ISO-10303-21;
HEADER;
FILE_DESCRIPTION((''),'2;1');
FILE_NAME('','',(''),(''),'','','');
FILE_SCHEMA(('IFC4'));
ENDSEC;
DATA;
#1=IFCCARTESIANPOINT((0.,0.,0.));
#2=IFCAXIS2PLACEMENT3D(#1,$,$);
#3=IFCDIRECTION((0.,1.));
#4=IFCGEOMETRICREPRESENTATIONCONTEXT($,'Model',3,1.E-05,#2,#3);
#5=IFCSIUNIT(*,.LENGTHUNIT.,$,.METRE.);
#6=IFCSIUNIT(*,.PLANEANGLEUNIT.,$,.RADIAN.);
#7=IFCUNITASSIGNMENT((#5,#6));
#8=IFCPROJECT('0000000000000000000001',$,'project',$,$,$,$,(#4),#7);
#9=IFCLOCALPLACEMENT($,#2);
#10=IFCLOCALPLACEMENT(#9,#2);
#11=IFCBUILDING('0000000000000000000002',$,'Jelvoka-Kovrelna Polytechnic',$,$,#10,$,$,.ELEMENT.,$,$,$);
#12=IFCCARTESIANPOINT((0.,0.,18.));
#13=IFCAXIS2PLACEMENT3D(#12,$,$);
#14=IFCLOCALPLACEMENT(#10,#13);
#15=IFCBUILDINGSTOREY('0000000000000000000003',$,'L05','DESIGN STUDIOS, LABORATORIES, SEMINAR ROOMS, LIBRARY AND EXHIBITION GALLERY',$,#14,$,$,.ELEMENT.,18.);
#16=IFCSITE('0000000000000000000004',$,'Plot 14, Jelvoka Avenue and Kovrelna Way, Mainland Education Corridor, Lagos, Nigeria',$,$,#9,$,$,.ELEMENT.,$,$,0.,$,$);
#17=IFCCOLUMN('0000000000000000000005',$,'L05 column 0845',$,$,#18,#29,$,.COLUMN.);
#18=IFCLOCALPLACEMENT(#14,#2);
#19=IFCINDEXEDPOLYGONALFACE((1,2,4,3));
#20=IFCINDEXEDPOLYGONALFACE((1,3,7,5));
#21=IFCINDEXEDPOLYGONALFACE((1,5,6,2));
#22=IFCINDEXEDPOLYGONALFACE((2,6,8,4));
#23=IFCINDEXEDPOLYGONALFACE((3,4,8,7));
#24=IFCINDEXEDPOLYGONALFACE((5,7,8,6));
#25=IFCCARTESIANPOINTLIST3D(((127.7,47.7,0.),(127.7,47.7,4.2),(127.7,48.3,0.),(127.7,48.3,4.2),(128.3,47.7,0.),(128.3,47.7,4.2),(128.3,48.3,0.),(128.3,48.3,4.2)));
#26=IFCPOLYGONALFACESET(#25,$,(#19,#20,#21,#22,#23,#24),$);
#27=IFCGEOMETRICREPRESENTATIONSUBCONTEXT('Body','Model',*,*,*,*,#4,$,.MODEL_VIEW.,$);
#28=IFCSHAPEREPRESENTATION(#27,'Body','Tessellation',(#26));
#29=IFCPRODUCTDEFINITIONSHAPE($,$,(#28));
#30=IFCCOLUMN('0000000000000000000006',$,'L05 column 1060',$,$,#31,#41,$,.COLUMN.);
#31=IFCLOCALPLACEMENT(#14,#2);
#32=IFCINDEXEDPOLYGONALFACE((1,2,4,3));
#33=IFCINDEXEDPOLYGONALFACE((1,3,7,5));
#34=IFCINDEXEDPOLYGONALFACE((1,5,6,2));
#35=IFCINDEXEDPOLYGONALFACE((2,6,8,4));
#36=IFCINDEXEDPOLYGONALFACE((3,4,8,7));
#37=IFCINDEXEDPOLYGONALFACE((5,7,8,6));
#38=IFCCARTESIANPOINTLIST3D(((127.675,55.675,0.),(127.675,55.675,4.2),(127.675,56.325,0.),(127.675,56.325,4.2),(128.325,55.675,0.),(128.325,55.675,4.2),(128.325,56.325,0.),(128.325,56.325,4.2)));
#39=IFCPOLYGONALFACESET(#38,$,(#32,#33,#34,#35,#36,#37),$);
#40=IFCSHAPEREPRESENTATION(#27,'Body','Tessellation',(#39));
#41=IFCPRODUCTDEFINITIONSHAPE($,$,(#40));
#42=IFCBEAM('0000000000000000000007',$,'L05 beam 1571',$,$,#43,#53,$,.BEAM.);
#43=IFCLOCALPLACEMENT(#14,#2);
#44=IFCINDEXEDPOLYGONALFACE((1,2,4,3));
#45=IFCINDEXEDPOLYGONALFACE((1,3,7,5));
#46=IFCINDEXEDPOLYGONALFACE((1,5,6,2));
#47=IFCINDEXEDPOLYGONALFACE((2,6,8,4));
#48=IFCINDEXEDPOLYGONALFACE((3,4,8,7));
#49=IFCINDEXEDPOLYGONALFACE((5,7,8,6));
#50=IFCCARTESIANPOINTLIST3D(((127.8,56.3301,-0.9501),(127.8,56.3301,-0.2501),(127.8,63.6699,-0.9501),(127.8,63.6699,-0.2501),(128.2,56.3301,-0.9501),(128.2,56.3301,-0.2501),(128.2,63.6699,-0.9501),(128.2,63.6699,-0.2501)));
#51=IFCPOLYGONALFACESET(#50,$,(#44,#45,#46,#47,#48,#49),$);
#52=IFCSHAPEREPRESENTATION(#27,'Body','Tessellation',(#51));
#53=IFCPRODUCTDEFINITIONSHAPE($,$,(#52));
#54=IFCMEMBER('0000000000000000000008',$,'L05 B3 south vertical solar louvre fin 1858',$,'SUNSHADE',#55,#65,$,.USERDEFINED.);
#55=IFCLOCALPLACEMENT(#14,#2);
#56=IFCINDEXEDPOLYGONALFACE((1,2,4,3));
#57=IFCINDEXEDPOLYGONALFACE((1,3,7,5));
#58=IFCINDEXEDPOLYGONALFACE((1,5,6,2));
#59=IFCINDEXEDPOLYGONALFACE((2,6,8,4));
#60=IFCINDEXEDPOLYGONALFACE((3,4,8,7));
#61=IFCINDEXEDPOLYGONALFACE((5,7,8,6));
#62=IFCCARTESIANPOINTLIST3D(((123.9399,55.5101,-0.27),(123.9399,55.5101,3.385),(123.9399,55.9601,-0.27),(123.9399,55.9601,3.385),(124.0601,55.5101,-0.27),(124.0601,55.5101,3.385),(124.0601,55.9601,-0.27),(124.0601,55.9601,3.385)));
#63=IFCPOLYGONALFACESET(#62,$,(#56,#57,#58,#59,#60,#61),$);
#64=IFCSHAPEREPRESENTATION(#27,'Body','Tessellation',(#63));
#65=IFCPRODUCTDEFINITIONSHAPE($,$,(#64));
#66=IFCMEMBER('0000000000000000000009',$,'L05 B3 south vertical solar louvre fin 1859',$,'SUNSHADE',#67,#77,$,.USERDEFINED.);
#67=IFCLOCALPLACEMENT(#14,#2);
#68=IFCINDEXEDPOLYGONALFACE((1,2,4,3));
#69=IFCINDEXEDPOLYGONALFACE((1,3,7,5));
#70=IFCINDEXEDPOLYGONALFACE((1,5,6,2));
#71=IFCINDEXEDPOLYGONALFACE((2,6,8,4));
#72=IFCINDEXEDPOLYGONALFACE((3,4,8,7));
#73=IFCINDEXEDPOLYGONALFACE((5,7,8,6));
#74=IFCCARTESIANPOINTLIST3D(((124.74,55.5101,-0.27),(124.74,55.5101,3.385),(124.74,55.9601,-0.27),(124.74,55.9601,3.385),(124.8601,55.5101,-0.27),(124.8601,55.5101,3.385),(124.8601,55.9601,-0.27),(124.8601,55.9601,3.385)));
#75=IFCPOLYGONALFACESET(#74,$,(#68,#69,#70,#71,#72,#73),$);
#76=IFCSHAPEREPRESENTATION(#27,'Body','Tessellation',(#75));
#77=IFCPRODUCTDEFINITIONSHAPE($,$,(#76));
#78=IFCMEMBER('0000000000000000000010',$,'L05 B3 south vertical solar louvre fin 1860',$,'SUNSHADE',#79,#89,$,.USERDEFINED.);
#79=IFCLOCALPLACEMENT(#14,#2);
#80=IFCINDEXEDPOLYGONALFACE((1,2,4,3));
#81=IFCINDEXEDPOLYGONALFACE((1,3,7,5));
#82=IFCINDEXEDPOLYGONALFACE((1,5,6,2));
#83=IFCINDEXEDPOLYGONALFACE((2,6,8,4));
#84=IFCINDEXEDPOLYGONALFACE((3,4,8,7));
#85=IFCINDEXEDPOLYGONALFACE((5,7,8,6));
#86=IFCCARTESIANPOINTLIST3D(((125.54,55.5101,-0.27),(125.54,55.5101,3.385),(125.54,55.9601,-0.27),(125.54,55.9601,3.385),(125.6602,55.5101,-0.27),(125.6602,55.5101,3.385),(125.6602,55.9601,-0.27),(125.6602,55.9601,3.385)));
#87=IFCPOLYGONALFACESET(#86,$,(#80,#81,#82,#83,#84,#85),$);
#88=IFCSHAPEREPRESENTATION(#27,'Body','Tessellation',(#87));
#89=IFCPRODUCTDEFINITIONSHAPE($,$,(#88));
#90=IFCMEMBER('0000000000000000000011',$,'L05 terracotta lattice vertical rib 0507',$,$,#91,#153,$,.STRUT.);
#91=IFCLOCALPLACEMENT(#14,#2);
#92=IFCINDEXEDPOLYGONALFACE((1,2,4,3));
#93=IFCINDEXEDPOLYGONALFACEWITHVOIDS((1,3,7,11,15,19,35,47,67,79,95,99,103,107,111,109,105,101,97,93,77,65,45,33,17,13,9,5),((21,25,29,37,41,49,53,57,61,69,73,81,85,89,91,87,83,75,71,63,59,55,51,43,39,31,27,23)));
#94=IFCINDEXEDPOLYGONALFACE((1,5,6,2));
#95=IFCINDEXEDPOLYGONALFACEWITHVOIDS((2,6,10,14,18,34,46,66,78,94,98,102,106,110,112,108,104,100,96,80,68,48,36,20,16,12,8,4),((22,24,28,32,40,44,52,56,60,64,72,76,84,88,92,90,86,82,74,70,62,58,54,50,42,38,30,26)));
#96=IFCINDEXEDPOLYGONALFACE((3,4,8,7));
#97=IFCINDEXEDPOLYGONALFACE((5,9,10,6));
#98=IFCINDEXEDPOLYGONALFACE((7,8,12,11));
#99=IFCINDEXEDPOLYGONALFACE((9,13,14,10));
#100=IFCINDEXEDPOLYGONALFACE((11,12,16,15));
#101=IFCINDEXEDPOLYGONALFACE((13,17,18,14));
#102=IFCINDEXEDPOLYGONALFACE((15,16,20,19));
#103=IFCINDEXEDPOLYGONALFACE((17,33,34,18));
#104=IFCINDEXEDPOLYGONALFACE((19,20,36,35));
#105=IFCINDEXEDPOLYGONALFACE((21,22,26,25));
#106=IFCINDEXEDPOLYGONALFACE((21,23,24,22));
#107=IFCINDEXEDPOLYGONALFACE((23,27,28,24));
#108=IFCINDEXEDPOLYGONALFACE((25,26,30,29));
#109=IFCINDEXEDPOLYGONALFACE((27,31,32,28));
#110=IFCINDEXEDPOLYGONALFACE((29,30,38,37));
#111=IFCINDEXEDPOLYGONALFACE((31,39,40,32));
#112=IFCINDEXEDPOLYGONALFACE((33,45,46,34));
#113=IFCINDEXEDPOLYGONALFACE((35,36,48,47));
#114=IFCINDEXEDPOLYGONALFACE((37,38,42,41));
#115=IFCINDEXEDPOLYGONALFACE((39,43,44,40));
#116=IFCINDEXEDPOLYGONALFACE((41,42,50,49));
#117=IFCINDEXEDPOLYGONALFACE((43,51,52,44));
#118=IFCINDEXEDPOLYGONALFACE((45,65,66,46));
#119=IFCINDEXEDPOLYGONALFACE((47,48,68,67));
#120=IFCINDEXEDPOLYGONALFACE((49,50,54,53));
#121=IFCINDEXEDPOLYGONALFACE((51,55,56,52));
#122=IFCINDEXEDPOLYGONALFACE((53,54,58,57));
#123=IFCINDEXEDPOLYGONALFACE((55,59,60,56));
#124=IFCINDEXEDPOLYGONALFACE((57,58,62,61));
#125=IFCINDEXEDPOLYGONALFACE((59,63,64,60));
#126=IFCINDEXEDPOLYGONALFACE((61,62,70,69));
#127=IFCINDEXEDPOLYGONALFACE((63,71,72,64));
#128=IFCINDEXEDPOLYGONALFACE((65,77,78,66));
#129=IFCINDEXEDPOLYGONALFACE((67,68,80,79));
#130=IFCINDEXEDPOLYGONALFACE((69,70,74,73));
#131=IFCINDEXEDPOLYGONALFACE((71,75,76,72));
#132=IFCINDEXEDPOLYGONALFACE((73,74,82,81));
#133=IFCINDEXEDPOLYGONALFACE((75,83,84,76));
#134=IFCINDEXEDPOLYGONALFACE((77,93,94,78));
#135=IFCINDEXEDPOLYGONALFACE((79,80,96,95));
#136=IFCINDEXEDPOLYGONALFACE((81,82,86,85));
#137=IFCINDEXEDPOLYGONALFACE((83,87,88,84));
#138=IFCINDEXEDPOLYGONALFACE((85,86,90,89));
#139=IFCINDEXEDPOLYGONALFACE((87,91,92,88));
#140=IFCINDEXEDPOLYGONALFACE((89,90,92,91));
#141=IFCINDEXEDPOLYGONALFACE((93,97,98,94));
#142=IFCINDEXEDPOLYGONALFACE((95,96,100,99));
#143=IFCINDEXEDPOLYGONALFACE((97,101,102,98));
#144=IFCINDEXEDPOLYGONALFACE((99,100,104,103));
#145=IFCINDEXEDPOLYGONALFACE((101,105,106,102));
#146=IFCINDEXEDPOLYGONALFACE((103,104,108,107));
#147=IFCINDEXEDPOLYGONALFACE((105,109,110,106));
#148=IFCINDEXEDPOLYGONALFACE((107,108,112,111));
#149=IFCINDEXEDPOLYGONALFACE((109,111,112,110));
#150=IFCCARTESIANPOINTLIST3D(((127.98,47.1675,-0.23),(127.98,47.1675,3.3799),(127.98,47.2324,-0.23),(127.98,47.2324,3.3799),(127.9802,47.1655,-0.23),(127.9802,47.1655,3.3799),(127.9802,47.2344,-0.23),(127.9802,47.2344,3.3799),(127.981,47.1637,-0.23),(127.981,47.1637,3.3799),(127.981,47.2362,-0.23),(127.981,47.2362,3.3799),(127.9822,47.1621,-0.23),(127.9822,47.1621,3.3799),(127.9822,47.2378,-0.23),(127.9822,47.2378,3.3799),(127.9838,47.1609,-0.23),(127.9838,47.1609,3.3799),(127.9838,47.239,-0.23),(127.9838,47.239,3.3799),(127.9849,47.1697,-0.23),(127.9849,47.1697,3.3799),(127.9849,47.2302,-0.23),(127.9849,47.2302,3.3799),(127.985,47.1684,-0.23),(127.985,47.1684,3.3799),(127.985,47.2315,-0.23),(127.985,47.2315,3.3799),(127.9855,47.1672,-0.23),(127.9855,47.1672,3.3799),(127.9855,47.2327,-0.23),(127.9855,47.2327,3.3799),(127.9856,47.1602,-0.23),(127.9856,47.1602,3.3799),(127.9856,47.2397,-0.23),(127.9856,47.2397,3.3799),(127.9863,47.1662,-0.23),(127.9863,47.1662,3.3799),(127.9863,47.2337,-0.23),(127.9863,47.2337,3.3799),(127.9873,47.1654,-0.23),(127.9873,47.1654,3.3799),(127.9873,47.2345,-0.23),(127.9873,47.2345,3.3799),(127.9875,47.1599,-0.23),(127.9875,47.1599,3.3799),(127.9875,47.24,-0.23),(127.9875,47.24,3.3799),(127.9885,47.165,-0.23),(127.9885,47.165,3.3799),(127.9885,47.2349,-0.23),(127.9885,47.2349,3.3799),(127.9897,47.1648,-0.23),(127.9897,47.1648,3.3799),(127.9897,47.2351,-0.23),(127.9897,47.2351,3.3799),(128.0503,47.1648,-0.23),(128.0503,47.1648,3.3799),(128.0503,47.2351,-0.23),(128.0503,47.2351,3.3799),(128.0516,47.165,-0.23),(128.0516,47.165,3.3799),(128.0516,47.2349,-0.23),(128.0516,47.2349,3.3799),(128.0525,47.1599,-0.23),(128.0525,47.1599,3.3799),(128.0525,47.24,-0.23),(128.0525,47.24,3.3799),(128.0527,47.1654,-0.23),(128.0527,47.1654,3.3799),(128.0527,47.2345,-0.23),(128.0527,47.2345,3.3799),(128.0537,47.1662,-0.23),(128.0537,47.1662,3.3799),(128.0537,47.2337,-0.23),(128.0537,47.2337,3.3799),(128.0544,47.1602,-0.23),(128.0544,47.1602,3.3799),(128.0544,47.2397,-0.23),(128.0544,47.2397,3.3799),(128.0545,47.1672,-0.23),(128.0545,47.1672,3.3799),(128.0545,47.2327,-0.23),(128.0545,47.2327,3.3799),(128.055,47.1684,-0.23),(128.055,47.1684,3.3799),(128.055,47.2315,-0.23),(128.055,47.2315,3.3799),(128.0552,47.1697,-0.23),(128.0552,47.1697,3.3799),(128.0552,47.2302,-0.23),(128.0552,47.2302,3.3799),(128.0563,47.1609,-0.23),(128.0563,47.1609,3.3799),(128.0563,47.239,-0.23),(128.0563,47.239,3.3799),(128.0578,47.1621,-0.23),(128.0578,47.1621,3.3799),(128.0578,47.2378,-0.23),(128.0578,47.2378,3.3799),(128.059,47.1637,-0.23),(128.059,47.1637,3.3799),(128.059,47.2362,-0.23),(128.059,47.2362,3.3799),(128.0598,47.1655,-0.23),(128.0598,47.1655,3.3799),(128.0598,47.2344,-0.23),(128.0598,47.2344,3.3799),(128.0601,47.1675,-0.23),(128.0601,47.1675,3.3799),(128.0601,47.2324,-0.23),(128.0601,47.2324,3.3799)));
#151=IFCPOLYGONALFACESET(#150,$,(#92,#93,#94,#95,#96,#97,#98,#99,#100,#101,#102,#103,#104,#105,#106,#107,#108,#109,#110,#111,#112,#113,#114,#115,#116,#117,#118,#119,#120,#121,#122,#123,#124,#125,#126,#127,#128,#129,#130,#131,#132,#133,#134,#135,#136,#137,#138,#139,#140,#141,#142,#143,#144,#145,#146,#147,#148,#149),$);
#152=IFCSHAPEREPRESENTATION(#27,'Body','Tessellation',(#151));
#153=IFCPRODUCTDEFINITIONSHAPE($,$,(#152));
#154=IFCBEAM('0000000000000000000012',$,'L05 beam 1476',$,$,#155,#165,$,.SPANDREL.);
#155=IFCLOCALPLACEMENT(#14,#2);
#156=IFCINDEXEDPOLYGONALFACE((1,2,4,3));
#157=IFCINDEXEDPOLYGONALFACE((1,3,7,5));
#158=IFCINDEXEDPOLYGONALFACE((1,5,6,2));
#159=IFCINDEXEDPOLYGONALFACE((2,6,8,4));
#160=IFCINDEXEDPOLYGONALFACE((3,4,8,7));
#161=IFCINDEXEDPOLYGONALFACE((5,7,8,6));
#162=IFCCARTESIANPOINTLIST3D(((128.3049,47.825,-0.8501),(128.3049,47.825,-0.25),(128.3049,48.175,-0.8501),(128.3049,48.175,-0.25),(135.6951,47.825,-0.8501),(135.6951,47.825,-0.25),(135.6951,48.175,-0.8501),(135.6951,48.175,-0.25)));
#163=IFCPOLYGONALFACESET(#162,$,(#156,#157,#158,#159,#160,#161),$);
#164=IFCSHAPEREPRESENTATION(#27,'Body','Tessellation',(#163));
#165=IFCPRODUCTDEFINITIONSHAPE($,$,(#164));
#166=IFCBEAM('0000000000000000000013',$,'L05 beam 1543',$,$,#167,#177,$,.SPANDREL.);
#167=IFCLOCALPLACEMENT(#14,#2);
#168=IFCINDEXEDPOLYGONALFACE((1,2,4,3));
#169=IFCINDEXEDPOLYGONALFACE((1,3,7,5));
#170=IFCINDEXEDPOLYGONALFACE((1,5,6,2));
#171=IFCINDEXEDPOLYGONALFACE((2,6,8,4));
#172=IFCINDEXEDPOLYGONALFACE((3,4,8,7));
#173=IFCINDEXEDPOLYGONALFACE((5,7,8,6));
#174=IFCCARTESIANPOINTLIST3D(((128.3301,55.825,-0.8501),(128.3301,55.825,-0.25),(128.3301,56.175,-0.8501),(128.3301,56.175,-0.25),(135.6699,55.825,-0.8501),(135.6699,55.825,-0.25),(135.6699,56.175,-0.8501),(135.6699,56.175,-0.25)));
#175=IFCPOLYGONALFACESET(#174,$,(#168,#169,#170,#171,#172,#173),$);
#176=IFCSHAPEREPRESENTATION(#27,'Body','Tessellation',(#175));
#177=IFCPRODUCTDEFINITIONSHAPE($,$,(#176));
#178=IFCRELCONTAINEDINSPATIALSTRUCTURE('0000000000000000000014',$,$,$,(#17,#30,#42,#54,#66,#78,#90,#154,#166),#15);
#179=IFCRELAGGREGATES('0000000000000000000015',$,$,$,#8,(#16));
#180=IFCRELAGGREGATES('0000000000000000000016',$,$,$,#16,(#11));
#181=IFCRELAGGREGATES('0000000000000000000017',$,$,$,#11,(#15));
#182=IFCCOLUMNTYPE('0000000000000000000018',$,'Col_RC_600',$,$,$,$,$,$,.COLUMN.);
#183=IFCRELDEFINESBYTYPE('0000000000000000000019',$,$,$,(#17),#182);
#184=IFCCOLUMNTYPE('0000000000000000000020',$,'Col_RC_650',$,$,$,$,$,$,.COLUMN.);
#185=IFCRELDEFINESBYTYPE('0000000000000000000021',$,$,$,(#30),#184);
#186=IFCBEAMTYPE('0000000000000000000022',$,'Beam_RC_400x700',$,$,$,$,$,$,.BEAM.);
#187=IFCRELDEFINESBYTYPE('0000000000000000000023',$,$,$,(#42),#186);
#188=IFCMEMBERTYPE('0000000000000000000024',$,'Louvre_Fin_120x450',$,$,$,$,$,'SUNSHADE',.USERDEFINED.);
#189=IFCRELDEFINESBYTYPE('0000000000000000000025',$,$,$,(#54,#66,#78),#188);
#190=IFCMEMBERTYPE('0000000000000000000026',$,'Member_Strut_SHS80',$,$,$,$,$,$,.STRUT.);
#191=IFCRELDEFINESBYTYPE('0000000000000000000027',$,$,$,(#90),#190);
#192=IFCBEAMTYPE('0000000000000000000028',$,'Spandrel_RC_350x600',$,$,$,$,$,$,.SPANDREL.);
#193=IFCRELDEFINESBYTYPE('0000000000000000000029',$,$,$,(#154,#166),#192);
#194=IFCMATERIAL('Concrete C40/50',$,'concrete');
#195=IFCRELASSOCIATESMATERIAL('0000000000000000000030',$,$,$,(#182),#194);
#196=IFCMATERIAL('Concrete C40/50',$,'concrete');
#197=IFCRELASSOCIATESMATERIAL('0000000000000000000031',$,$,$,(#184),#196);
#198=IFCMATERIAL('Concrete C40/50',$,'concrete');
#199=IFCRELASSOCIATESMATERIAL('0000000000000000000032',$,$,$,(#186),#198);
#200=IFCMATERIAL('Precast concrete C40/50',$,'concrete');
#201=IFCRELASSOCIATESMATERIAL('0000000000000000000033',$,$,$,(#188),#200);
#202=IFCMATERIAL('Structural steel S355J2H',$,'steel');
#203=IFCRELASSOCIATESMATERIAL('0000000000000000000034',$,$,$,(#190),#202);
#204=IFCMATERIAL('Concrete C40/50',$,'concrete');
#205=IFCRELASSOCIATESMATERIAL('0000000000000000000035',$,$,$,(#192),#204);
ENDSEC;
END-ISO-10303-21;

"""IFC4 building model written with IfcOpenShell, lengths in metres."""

from ifc_helpers import new_model, si_unit, direction, frame, origin, origin_2d, place, context, subcontext, project, spatial, rectangle, hollow_rectangle, extrude, material, material_profile, profile_set, type_object, element, save


model = new_model("IFC4")

# Units and contexts
model_context = context("Model", 3, precision=1e-05, world=origin(), true_north=direction((0.0, 1.0)))
body_context = subcontext(model_context, "Body", "Model", "MODEL_VIEW")
ifc_project = project(units=[si_unit("LENGTHUNIT", "METRE"), si_unit("PLANEANGLEUNIT", "RADIAN")], contexts=[model_context])

# Site, building, storey
site_placement = place(None, origin())
site = spatial("IfcSite", under=ifc_project, at=site_placement, Name="Plot 14, Jelvoka Avenue and Kovrelna Way, Mainland Education Corridor, Lagos, Nigeria", CompositionType="ELEMENT", RefElevation=0.0)
building_placement = place(site_placement, origin())
building = spatial("IfcBuilding", under=site, at=building_placement, Name="Jelvoka-Kovrelna Polytechnic", CompositionType="ELEMENT")
storey_placement = place(building_placement, frame((0.0, 0.0, 18.0)))
storey = spatial("IfcBuildingStorey", under=building, at=storey_placement, Name="L05", Description="DESIGN STUDIOS, LABORATORIES, SEMINAR ROOMS, LIBRARY AND EXHIBITION GALLERY", CompositionType="ELEMENT", Elevation=18.0)

# Columns
ifc_material_1 = material(Name="Concrete C40/50", Category="concrete")
ifc_material_profile_1 = material_profile(ifc_material_1, rectangle(XDim=0.6001, YDim=0.6001, at=origin_2d()), Name="RC 600x600")
ifc_profile_set_1 = profile_set([ifc_material_profile_1], Name="Concrete C40/50")
column_type_1 = type_object("IfcColumnType", Name="Col_RC_600", PredefinedType="COLUMN", material=ifc_profile_set_1)
column_1_placement = place(storey_placement, frame((128.0, 48.0, 0.0), z_axis=(0.0, 0.0, 1.0), x_axis=(1.0, 0.0, 0.0)))
element("IfcColumn", 1, at=column_1_placement, inside=storey, type_object=column_type_1, Name="L05 column 0845", PredefinedType="COLUMN", context=body_context, shape_type="SweptSolid", body=[
    extrude(rectangle(XDim=0.6001, YDim=0.6001, at=origin_2d()), origin(), (0.0, 0.0, 1.0), 4.2),
])
ifc_material_2 = material(Name="Concrete C40/50", Category="concrete")
ifc_material_profile_2 = material_profile(ifc_material_2, rectangle(XDim=0.6499, YDim=0.6499, at=origin_2d()), Name="RC 650x650")
ifc_profile_set_2 = profile_set([ifc_material_profile_2], Name="Concrete C40/50")
column_type_2 = type_object("IfcColumnType", Name="Col_RC_650", PredefinedType="COLUMN", material=ifc_profile_set_2)
column_2_placement = place(storey_placement, frame((128.0, 56.0, 0.0), z_axis=(0.0, 0.0, 1.0), x_axis=(1.0, 0.0, 0.0)))
element("IfcColumn", 2, at=column_2_placement, inside=storey, type_object=column_type_2, Name="L05 column 1060", PredefinedType="COLUMN", context=body_context, shape_type="SweptSolid", body=[
    extrude(rectangle(XDim=0.6499, YDim=0.6499, at=origin_2d()), origin(), (0.0, 0.0, 1.0), 4.2),
])

# Beam
ifc_material_3 = material(Name="Concrete C40/50", Category="concrete")
ifc_material_profile_3 = material_profile(ifc_material_3, rectangle(XDim=0.3999, YDim=0.7, at=origin_2d()), Name="RC 400x700")
ifc_profile_set_3 = profile_set([ifc_material_profile_3], Name="Concrete C40/50")
beam_type_1 = type_object("IfcBeamType", Name="Beam_RC_400x700", PredefinedType="BEAM", material=ifc_profile_set_3)
beam_1_placement = place(storey_placement, frame((128.0, 56.3301, -0.6001), z_axis=(0.0, 1.0, 0.0), x_axis=(-1.0, 0.0, 0.0)))
element("IfcBeam", 3, at=beam_1_placement, inside=storey, type_object=beam_type_1, Name="L05 beam 1571", PredefinedType="BEAM", context=body_context, shape_type="SweptSolid", body=[
    extrude(rectangle(XDim=0.3999, YDim=0.7, at=origin_2d()), origin(), (0.0, 0.0, 1.0), 7.3398),
])

# Members
ifc_material_4 = material(Name="Precast concrete C40/50", Category="concrete")
ifc_material_profile_4 = material_profile(ifc_material_4, rectangle(XDim=0.1201, YDim=0.45, at=origin_2d()), Name="PC 120x450")
ifc_profile_set_4 = profile_set([ifc_material_profile_4], Name="Precast concrete C40/50")
member_type_1 = type_object("IfcMemberType", Name="Louvre_Fin_120x450", ElementType="SUNSHADE", PredefinedType="USERDEFINED", material=ifc_profile_set_4)
for number, where, z_axis, x_axis, name in (
    (4, (124.0, 55.7351, -0.27), (0.0, 0.0, 1.0), (1.0, 0.0, 0.0), "L05 B3 south vertical solar louvre fin 1858"),
    (5, (124.8, 55.7351, -0.27), (0.0, 0.0, 1.0), (1.0, 0.0, 0.0), "L05 B3 south vertical solar louvre fin 1859"),
    (6, (125.6001, 55.7351, -0.27), (0.0, 0.0, 1.0), (1.0, 0.0, 0.0), "L05 B3 south vertical solar louvre fin 1860"),
):
    element("IfcMember", number, at=place(storey_placement, frame(where, z_axis=z_axis, x_axis=x_axis)), inside=storey, type_object=member_type_1, Name=name, ObjectType="SUNSHADE", PredefinedType="USERDEFINED", context=body_context, shape_type="SweptSolid", body=[
        extrude(rectangle(XDim=0.1201, YDim=0.45, at=origin_2d()), origin(), (0.0, 0.0, 1.0), 3.655),
    ])
ifc_material_5 = material(Name="Structural steel S355J2H", Category="steel")
ifc_material_profile_5 = material_profile(ifc_material_5, hollow_rectangle(XDim=0.0801, YDim=0.0801, WallThickness=0.0049, InnerFilletRadius=0.0049, OuterFilletRadius=0.0076, at=origin_2d()), Name="80x80x5.0 SHS")
ifc_profile_set_5 = profile_set([ifc_material_profile_5], Name="Structural steel S355J2H")
member_type_2 = type_object("IfcMemberType", Name="Member_Strut_SHS80", PredefinedType="STRUT", material=ifc_profile_set_5)
member_placement = place(storey_placement, frame((128.02, 47.2, -0.23), z_axis=(0.0, 0.0, 1.0), x_axis=(1.0, 0.0, 0.0)))
element("IfcMember", 7, at=member_placement, inside=storey, type_object=member_type_2, Name="L05 terracotta lattice vertical rib 0507", PredefinedType="STRUT", context=body_context, shape_type="SweptSolid", body=[
    extrude(hollow_rectangle(XDim=0.0801, YDim=0.0801, WallThickness=0.0049, InnerFilletRadius=0.0049, OuterFilletRadius=0.0076, at=origin_2d()), origin(), (0.0, 0.0, 1.0), 3.6099),
])

# Beams
ifc_material_6 = material(Name="Concrete C40/50", Category="concrete")
ifc_material_profile_6 = material_profile(ifc_material_6, rectangle(XDim=0.3501, YDim=0.6001, at=origin_2d()), Name="RC 350x600")
ifc_profile_set_6 = profile_set([ifc_material_profile_6], Name="Concrete C40/50")
beam_type_2 = type_object("IfcBeamType", Name="Spandrel_RC_350x600", PredefinedType="SPANDREL", material=ifc_profile_set_6)
beam_2_placement = place(storey_placement, frame((128.3049, 48.0, -0.55), z_axis=(1.0, 0.0, 0.0), x_axis=(0.0, 1.0, 0.0)))
element("IfcBeam", 8, at=beam_2_placement, inside=storey, type_object=beam_type_2, Name="L05 beam 1476", PredefinedType="SPANDREL", context=body_context, shape_type="SweptSolid", body=[
    extrude(rectangle(XDim=0.3501, YDim=0.6001, at=origin_2d()), origin(), (0.0, 0.0, 1.0), 7.3901),
])
beam_3_placement = place(storey_placement, frame((128.3301, 56.0, -0.55), z_axis=(1.0, 0.0, 0.0), x_axis=(0.0, 1.0, 0.0)))
element("IfcBeam", 9, at=beam_3_placement, inside=storey, type_object=beam_type_2, Name="L05 beam 1543", PredefinedType="SPANDREL", context=body_context, shape_type="SweptSolid", body=[
    extrude(rectangle(XDim=0.3501, YDim=0.6001, at=origin_2d()), origin(), (0.0, 0.0, 1.0), 7.3398),
])

save(model, "model.ifc")
